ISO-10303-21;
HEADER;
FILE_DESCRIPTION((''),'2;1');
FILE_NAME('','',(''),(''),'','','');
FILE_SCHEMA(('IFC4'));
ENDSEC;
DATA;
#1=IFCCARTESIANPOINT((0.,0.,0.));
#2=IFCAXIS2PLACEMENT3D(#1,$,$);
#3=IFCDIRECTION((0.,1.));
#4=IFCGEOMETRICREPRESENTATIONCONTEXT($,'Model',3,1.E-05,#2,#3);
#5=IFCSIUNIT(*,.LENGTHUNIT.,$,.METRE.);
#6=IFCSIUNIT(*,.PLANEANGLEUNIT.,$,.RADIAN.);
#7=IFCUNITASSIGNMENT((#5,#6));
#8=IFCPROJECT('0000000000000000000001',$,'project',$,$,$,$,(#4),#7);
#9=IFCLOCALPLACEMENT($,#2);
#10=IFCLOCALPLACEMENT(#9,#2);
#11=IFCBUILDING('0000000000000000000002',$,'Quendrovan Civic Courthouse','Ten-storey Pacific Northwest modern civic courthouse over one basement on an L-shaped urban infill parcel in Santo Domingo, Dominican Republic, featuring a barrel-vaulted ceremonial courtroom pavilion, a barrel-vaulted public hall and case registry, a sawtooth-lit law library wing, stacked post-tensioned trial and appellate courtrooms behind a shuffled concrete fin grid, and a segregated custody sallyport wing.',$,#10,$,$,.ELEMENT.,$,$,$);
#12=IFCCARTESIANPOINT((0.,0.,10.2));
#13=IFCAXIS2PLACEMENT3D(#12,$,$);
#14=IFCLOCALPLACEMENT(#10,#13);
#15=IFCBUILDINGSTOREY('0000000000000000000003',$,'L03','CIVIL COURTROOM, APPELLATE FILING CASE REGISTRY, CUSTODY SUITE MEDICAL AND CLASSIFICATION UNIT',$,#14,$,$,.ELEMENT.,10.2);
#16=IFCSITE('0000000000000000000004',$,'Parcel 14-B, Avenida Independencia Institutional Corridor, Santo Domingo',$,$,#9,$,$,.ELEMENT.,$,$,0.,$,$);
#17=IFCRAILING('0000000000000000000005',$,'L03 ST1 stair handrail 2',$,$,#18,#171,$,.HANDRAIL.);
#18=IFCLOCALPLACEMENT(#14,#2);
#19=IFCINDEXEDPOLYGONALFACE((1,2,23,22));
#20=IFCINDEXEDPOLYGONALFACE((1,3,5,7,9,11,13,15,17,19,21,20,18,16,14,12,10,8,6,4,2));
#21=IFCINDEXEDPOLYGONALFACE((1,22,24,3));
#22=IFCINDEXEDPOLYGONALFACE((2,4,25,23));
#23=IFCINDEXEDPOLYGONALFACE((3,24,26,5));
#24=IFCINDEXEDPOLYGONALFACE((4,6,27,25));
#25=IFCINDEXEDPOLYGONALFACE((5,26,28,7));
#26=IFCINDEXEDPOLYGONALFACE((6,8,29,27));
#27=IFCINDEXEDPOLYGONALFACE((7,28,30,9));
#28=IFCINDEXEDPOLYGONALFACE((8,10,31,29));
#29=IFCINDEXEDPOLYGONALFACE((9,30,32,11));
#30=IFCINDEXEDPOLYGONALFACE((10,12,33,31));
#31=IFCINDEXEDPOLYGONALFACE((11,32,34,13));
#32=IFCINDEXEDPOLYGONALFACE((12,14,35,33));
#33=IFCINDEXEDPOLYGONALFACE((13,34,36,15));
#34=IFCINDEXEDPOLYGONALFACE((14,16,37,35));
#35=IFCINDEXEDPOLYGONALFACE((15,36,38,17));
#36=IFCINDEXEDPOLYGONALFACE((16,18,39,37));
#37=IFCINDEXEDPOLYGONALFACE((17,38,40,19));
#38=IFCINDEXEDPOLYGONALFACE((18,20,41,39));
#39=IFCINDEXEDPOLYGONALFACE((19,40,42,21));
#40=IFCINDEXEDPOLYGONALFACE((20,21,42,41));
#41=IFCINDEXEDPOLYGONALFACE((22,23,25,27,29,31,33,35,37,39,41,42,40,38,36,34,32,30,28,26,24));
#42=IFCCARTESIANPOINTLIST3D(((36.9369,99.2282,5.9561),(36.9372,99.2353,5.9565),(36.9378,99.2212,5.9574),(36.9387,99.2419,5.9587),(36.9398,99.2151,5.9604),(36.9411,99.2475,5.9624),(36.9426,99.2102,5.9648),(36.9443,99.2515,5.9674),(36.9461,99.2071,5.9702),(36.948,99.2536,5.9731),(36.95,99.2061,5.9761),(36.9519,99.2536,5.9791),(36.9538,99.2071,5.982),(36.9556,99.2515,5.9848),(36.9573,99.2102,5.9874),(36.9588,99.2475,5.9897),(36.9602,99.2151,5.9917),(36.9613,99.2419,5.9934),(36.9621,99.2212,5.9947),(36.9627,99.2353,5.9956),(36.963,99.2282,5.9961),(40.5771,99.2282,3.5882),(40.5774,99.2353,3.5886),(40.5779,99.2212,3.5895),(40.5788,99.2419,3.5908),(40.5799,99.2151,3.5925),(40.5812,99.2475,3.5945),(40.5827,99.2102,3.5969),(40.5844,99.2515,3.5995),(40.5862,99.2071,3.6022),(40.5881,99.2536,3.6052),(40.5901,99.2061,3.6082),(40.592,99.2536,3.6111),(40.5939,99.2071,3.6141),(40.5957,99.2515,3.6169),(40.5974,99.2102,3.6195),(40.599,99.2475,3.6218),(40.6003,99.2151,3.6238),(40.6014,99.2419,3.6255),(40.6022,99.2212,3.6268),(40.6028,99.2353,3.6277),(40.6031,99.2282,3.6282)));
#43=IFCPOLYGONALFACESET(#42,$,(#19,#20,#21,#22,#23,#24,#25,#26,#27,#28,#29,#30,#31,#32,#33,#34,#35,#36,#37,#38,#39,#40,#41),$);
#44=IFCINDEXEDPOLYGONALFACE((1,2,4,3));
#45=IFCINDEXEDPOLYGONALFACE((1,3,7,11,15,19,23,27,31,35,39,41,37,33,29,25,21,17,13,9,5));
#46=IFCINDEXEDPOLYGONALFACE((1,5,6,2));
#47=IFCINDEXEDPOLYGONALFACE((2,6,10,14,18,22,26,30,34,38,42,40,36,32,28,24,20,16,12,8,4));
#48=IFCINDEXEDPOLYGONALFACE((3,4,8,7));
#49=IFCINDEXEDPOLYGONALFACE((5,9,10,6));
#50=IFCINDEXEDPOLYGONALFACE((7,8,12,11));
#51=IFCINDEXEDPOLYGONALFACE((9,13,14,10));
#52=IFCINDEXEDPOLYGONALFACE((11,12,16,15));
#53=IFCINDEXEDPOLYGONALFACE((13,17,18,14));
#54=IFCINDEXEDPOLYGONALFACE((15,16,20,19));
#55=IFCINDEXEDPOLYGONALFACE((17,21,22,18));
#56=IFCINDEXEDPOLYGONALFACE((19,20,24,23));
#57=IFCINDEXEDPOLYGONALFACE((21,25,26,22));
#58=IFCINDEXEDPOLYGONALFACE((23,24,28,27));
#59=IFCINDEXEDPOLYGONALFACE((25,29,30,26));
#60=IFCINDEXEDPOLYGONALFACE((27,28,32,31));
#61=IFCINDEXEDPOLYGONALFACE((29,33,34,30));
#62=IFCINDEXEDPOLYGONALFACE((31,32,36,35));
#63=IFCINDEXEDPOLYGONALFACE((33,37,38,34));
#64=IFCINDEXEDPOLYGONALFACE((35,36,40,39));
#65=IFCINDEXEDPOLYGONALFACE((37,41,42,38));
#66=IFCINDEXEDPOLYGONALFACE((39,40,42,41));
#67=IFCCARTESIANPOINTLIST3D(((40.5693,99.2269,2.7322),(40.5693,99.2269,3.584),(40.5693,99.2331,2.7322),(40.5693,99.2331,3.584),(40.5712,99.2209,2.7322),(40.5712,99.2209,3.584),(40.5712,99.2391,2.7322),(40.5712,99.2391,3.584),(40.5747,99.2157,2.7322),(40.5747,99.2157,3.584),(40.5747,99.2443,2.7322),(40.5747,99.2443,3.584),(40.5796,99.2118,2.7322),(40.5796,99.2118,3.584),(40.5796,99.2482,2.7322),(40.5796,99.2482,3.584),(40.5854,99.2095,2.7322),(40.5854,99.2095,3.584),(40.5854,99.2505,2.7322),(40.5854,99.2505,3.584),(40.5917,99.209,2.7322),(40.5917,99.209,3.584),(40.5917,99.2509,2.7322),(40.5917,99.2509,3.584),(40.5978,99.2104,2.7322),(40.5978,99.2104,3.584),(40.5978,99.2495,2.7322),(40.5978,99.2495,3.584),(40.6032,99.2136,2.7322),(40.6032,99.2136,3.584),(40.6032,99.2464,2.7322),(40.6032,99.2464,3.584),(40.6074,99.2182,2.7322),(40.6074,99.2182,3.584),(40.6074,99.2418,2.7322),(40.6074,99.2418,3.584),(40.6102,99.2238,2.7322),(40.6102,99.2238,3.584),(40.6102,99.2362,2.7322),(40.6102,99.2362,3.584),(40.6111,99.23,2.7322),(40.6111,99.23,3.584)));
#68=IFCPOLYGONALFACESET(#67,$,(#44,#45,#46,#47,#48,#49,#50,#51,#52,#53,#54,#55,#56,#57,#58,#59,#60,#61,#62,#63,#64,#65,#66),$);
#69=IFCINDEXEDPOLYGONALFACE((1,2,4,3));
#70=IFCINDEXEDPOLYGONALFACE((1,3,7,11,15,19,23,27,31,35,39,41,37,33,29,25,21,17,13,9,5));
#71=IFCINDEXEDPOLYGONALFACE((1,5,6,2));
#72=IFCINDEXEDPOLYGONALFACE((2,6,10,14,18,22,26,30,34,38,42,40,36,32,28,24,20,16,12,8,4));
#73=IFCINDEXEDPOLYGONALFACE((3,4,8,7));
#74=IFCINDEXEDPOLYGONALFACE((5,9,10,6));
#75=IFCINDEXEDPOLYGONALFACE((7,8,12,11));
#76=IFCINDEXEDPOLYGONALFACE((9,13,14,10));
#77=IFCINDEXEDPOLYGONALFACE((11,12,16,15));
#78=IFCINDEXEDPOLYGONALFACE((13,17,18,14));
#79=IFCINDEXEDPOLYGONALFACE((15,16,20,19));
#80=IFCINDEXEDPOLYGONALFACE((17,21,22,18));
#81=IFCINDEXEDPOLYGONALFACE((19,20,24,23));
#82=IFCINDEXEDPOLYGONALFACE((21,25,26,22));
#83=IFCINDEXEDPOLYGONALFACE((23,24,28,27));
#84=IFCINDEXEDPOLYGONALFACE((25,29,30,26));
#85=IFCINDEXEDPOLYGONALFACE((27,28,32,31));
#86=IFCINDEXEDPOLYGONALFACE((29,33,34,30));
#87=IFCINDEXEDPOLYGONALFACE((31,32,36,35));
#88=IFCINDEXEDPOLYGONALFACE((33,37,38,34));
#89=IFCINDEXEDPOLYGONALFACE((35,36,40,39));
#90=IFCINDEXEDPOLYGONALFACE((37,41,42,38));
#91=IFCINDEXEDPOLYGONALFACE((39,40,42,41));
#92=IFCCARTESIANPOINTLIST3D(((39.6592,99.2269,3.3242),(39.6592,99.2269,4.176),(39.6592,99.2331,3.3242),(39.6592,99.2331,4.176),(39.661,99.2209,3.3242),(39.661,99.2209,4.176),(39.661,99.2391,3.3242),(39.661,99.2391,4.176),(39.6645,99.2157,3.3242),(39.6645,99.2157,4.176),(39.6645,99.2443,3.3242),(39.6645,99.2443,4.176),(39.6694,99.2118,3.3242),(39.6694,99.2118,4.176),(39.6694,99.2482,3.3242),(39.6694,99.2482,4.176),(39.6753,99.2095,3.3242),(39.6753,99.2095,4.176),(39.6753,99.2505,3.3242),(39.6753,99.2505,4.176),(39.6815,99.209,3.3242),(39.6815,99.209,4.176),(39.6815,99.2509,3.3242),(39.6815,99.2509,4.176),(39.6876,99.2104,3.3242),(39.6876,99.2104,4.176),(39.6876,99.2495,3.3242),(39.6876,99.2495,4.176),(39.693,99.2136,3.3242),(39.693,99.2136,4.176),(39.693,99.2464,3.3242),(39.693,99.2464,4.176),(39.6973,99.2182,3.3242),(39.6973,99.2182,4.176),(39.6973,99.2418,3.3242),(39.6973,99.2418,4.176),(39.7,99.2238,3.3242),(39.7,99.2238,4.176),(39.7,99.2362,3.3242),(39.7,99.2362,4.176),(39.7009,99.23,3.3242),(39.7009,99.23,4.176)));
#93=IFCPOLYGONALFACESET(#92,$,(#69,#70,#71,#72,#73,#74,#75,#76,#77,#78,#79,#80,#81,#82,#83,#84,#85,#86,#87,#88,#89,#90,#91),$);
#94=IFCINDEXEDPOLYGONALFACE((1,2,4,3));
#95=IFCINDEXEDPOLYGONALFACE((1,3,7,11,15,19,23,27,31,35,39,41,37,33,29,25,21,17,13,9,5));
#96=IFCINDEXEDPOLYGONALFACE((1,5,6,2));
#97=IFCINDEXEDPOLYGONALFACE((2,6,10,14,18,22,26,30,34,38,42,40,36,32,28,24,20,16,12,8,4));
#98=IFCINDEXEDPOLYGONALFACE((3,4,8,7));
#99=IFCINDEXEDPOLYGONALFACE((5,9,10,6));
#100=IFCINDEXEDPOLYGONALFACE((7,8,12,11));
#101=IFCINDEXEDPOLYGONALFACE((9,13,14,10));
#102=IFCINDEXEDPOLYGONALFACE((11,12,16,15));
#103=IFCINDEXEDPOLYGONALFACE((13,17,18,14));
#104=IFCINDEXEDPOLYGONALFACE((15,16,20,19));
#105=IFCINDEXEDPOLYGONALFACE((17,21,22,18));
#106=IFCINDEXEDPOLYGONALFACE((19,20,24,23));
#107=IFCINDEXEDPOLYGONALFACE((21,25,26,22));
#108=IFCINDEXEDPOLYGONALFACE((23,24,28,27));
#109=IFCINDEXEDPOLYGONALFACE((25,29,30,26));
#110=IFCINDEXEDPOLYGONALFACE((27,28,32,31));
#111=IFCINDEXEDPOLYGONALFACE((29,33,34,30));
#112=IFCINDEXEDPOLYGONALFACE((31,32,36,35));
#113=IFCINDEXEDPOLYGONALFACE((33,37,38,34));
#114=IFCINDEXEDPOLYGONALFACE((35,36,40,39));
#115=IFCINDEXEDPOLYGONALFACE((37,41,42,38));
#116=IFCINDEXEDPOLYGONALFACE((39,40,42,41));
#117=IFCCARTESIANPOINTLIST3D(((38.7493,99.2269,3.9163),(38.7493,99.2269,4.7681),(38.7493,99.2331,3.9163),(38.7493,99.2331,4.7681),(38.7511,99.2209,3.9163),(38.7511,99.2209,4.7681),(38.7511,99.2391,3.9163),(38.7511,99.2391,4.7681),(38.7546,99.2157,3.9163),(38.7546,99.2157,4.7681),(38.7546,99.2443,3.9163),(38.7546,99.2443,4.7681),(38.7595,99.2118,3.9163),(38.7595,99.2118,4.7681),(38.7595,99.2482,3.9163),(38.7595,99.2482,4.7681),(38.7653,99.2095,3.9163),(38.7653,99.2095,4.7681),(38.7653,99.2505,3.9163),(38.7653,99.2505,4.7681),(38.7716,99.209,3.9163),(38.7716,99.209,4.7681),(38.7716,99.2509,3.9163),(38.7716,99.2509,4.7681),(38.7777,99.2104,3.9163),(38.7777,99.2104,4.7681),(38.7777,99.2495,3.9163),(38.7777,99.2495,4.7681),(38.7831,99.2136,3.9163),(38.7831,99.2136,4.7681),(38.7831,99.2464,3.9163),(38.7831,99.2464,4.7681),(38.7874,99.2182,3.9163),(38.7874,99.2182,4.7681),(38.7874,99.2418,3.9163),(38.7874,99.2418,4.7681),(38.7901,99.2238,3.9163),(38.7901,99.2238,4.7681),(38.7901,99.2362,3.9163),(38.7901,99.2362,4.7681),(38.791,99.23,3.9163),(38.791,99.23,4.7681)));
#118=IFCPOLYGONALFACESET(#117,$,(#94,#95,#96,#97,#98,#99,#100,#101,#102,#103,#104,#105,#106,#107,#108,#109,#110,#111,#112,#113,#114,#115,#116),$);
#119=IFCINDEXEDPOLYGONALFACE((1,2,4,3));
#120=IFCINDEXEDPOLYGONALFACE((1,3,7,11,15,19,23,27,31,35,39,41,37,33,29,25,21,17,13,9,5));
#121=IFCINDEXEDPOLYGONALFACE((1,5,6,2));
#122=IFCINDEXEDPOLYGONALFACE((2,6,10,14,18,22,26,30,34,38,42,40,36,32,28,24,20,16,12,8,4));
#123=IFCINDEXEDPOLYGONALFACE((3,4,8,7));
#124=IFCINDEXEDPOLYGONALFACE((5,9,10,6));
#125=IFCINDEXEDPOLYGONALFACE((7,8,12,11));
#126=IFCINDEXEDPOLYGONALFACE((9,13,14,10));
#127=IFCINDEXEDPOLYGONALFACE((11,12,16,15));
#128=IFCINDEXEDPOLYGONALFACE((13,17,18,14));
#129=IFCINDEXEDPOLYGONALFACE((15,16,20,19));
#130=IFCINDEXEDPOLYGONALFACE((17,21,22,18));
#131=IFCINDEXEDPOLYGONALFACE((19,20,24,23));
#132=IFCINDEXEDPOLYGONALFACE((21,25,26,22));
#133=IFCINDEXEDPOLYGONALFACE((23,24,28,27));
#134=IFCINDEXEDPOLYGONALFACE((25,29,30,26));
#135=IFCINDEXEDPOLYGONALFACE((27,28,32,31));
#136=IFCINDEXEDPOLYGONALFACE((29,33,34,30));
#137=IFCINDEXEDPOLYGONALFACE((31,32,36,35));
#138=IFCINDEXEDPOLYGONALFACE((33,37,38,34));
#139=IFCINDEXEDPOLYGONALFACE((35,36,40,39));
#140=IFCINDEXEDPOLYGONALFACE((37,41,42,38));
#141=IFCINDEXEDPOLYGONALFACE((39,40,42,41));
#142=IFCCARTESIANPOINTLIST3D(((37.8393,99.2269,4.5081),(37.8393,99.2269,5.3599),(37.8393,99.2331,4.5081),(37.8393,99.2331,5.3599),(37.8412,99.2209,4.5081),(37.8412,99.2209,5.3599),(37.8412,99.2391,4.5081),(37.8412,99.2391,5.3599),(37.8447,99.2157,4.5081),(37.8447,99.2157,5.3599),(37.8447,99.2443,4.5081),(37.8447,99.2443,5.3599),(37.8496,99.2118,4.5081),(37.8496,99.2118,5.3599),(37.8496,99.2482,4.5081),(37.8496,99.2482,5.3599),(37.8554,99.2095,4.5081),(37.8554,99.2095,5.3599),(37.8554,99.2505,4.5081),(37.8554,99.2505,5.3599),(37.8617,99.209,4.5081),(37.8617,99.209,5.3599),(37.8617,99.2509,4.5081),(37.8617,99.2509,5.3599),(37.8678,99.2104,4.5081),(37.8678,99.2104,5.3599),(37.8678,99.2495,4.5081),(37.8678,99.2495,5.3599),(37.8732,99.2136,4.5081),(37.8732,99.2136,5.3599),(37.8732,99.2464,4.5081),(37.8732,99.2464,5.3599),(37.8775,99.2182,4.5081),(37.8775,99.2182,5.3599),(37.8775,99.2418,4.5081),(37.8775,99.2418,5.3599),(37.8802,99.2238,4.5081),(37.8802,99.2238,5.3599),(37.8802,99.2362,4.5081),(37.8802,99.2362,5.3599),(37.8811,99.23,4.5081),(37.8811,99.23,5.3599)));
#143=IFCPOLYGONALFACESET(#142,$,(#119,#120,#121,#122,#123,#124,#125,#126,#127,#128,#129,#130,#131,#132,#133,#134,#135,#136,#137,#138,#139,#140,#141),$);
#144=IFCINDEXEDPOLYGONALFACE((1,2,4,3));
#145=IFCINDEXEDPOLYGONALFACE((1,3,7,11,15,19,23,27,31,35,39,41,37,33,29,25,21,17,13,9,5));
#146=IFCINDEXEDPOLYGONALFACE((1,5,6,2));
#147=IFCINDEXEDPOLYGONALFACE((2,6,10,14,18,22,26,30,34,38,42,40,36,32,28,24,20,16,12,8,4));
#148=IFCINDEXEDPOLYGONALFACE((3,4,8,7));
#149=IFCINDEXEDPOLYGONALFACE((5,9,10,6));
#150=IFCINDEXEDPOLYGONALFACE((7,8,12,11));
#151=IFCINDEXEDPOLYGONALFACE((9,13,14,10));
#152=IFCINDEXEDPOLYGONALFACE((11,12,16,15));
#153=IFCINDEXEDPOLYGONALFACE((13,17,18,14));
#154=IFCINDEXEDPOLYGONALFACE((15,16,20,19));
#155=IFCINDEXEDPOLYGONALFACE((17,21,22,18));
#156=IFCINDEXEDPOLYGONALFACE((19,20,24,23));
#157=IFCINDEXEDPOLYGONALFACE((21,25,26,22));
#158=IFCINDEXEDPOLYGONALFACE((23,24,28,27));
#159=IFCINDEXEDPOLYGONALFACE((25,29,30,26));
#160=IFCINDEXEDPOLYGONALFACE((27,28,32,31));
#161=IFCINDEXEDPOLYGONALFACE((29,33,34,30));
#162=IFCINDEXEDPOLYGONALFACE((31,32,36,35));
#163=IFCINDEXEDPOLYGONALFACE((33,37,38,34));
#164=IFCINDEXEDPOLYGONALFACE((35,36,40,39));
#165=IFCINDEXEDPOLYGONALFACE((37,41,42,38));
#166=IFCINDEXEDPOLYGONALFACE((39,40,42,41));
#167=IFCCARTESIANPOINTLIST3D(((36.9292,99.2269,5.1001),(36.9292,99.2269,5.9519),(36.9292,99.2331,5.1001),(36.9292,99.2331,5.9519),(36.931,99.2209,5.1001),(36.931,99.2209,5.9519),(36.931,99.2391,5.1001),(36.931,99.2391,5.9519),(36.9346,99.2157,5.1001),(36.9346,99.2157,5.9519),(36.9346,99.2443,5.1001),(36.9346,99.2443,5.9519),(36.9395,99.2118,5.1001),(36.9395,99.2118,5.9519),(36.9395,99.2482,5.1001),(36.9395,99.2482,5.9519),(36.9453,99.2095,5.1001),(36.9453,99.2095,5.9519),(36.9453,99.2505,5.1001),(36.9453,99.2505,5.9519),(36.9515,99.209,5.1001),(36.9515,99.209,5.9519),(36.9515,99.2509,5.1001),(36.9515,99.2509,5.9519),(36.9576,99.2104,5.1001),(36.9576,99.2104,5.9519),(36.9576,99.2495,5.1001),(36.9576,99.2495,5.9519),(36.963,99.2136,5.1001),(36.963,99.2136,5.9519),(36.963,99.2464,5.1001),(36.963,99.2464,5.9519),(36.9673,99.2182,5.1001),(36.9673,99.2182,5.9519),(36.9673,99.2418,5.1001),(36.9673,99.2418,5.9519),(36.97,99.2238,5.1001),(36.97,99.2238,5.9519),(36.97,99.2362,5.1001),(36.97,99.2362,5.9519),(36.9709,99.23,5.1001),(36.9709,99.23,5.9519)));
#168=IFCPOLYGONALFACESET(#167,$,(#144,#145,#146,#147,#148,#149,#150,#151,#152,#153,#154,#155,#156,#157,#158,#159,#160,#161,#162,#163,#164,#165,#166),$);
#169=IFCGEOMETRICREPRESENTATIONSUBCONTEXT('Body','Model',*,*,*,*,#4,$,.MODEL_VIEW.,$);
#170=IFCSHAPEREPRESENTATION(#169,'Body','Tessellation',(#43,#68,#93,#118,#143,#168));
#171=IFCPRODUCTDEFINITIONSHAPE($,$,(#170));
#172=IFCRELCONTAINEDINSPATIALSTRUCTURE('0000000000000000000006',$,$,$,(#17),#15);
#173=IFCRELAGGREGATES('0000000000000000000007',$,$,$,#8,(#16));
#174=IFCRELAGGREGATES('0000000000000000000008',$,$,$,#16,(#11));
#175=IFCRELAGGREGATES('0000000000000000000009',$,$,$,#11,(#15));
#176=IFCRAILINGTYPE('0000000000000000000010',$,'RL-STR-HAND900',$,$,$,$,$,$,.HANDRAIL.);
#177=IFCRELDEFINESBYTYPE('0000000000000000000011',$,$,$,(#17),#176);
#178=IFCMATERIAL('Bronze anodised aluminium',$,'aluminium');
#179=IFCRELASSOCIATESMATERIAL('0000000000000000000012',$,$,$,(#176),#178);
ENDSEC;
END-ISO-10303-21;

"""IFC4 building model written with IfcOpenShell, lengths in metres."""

from ifc_helpers import new_model, si_unit, direction, frame, origin, origin_2d, place, context, subcontext, project, spatial, circle, extrude, material, type_object, element, save


model = new_model("IFC4")

# Units and contexts
model_context = context("Model", 3, precision=1e-05, world=origin(), true_north=direction((0.0, 1.0)))
body_context = subcontext(model_context, "Body", "Model", "MODEL_VIEW")
ifc_project = project(units=[si_unit("LENGTHUNIT", "METRE"), si_unit("PLANEANGLEUNIT", "RADIAN")], contexts=[model_context])

# Site, building, storey
site_placement = place(None, origin())
site = spatial("IfcSite", under=ifc_project, at=site_placement, Name="Parcel 14-B, Avenida Independencia Institutional Corridor, Santo Domingo", CompositionType="ELEMENT", RefElevation=0.0)
building_placement = place(site_placement, origin())
building = spatial("IfcBuilding", under=site, at=building_placement, Name="Quendrovan Civic Courthouse", Description="Ten-storey Pacific Northwest modern civic courthouse over one basement on an L-shaped urban infill parcel in Santo Domingo, Dominican Republic, featuring a barrel-vaulted ceremonial courtroom pavilion, a barrel-vaulted public hall and case registry, a sawtooth-lit law library wing, stacked post-tensioned trial and appellate courtrooms behind a shuffled concrete fin grid, and a segregated custody sallyport wing.", CompositionType="ELEMENT")
storey_placement = place(building_placement, frame((0.0, 0.0, 10.2)))
storey = spatial("IfcBuildingStorey", under=building, at=storey_placement, Name="L03", Description="CIVIL COURTROOM, APPELLATE FILING CASE REGISTRY, CUSTODY SUITE MEDICAL AND CLASSIFICATION UNIT", CompositionType="ELEMENT", Elevation=10.2)

# Railing
ifc_material_1 = material(Name="Bronze anodised aluminium", Category="aluminium")
railing_type_1 = type_object("IfcRailingType", Name="RL-STR-HAND900", PredefinedType="HANDRAIL", material=ifc_material_1)
railing_1_placement = place(storey_placement, frame((40.5901, 99.23, 2.7322)))
element("IfcRailing", 1, at=railing_1_placement, inside=storey, type_object=railing_type_1, Name="L03 ST1 stair handrail 2", PredefinedType="HANDRAIL", context=body_context, shape_type="SweptSolid", body=[
    extrude(circle(Radius=0.0239, at=origin_2d()), frame((0.0, 0.0, 0.876), z_axis=(-0.838251, 0.0, 0.545285), x_axis=(0.0, -1.0, 0.0)), (0.0, 0.0, 1.0), 4.3425),
    extrude(circle(Radius=0.021, at=origin_2d()), origin(), (0.0, 0.0, 1.0), 0.8518),
    extrude(circle(Radius=0.021, at=origin_2d()), frame((-0.9102, 0.0, 0.592)), (0.0, 0.0, 1.0), 0.8518),
    extrude(circle(Radius=0.021, at=origin_2d()), frame((-1.8201, 0.0, 1.1841)), (0.0, 0.0, 1.0), 0.8518),
    extrude(circle(Radius=0.021, at=origin_2d()), frame((-2.73, 0.0, 1.7759)), (0.0, 0.0, 1.0), 0.8518),
    extrude(circle(Radius=0.021, at=origin_2d()), frame((-3.6401, 0.0, 2.3679)), (0.0, 0.0, 1.0), 0.8518),
])

save(model, "model.ifc")
